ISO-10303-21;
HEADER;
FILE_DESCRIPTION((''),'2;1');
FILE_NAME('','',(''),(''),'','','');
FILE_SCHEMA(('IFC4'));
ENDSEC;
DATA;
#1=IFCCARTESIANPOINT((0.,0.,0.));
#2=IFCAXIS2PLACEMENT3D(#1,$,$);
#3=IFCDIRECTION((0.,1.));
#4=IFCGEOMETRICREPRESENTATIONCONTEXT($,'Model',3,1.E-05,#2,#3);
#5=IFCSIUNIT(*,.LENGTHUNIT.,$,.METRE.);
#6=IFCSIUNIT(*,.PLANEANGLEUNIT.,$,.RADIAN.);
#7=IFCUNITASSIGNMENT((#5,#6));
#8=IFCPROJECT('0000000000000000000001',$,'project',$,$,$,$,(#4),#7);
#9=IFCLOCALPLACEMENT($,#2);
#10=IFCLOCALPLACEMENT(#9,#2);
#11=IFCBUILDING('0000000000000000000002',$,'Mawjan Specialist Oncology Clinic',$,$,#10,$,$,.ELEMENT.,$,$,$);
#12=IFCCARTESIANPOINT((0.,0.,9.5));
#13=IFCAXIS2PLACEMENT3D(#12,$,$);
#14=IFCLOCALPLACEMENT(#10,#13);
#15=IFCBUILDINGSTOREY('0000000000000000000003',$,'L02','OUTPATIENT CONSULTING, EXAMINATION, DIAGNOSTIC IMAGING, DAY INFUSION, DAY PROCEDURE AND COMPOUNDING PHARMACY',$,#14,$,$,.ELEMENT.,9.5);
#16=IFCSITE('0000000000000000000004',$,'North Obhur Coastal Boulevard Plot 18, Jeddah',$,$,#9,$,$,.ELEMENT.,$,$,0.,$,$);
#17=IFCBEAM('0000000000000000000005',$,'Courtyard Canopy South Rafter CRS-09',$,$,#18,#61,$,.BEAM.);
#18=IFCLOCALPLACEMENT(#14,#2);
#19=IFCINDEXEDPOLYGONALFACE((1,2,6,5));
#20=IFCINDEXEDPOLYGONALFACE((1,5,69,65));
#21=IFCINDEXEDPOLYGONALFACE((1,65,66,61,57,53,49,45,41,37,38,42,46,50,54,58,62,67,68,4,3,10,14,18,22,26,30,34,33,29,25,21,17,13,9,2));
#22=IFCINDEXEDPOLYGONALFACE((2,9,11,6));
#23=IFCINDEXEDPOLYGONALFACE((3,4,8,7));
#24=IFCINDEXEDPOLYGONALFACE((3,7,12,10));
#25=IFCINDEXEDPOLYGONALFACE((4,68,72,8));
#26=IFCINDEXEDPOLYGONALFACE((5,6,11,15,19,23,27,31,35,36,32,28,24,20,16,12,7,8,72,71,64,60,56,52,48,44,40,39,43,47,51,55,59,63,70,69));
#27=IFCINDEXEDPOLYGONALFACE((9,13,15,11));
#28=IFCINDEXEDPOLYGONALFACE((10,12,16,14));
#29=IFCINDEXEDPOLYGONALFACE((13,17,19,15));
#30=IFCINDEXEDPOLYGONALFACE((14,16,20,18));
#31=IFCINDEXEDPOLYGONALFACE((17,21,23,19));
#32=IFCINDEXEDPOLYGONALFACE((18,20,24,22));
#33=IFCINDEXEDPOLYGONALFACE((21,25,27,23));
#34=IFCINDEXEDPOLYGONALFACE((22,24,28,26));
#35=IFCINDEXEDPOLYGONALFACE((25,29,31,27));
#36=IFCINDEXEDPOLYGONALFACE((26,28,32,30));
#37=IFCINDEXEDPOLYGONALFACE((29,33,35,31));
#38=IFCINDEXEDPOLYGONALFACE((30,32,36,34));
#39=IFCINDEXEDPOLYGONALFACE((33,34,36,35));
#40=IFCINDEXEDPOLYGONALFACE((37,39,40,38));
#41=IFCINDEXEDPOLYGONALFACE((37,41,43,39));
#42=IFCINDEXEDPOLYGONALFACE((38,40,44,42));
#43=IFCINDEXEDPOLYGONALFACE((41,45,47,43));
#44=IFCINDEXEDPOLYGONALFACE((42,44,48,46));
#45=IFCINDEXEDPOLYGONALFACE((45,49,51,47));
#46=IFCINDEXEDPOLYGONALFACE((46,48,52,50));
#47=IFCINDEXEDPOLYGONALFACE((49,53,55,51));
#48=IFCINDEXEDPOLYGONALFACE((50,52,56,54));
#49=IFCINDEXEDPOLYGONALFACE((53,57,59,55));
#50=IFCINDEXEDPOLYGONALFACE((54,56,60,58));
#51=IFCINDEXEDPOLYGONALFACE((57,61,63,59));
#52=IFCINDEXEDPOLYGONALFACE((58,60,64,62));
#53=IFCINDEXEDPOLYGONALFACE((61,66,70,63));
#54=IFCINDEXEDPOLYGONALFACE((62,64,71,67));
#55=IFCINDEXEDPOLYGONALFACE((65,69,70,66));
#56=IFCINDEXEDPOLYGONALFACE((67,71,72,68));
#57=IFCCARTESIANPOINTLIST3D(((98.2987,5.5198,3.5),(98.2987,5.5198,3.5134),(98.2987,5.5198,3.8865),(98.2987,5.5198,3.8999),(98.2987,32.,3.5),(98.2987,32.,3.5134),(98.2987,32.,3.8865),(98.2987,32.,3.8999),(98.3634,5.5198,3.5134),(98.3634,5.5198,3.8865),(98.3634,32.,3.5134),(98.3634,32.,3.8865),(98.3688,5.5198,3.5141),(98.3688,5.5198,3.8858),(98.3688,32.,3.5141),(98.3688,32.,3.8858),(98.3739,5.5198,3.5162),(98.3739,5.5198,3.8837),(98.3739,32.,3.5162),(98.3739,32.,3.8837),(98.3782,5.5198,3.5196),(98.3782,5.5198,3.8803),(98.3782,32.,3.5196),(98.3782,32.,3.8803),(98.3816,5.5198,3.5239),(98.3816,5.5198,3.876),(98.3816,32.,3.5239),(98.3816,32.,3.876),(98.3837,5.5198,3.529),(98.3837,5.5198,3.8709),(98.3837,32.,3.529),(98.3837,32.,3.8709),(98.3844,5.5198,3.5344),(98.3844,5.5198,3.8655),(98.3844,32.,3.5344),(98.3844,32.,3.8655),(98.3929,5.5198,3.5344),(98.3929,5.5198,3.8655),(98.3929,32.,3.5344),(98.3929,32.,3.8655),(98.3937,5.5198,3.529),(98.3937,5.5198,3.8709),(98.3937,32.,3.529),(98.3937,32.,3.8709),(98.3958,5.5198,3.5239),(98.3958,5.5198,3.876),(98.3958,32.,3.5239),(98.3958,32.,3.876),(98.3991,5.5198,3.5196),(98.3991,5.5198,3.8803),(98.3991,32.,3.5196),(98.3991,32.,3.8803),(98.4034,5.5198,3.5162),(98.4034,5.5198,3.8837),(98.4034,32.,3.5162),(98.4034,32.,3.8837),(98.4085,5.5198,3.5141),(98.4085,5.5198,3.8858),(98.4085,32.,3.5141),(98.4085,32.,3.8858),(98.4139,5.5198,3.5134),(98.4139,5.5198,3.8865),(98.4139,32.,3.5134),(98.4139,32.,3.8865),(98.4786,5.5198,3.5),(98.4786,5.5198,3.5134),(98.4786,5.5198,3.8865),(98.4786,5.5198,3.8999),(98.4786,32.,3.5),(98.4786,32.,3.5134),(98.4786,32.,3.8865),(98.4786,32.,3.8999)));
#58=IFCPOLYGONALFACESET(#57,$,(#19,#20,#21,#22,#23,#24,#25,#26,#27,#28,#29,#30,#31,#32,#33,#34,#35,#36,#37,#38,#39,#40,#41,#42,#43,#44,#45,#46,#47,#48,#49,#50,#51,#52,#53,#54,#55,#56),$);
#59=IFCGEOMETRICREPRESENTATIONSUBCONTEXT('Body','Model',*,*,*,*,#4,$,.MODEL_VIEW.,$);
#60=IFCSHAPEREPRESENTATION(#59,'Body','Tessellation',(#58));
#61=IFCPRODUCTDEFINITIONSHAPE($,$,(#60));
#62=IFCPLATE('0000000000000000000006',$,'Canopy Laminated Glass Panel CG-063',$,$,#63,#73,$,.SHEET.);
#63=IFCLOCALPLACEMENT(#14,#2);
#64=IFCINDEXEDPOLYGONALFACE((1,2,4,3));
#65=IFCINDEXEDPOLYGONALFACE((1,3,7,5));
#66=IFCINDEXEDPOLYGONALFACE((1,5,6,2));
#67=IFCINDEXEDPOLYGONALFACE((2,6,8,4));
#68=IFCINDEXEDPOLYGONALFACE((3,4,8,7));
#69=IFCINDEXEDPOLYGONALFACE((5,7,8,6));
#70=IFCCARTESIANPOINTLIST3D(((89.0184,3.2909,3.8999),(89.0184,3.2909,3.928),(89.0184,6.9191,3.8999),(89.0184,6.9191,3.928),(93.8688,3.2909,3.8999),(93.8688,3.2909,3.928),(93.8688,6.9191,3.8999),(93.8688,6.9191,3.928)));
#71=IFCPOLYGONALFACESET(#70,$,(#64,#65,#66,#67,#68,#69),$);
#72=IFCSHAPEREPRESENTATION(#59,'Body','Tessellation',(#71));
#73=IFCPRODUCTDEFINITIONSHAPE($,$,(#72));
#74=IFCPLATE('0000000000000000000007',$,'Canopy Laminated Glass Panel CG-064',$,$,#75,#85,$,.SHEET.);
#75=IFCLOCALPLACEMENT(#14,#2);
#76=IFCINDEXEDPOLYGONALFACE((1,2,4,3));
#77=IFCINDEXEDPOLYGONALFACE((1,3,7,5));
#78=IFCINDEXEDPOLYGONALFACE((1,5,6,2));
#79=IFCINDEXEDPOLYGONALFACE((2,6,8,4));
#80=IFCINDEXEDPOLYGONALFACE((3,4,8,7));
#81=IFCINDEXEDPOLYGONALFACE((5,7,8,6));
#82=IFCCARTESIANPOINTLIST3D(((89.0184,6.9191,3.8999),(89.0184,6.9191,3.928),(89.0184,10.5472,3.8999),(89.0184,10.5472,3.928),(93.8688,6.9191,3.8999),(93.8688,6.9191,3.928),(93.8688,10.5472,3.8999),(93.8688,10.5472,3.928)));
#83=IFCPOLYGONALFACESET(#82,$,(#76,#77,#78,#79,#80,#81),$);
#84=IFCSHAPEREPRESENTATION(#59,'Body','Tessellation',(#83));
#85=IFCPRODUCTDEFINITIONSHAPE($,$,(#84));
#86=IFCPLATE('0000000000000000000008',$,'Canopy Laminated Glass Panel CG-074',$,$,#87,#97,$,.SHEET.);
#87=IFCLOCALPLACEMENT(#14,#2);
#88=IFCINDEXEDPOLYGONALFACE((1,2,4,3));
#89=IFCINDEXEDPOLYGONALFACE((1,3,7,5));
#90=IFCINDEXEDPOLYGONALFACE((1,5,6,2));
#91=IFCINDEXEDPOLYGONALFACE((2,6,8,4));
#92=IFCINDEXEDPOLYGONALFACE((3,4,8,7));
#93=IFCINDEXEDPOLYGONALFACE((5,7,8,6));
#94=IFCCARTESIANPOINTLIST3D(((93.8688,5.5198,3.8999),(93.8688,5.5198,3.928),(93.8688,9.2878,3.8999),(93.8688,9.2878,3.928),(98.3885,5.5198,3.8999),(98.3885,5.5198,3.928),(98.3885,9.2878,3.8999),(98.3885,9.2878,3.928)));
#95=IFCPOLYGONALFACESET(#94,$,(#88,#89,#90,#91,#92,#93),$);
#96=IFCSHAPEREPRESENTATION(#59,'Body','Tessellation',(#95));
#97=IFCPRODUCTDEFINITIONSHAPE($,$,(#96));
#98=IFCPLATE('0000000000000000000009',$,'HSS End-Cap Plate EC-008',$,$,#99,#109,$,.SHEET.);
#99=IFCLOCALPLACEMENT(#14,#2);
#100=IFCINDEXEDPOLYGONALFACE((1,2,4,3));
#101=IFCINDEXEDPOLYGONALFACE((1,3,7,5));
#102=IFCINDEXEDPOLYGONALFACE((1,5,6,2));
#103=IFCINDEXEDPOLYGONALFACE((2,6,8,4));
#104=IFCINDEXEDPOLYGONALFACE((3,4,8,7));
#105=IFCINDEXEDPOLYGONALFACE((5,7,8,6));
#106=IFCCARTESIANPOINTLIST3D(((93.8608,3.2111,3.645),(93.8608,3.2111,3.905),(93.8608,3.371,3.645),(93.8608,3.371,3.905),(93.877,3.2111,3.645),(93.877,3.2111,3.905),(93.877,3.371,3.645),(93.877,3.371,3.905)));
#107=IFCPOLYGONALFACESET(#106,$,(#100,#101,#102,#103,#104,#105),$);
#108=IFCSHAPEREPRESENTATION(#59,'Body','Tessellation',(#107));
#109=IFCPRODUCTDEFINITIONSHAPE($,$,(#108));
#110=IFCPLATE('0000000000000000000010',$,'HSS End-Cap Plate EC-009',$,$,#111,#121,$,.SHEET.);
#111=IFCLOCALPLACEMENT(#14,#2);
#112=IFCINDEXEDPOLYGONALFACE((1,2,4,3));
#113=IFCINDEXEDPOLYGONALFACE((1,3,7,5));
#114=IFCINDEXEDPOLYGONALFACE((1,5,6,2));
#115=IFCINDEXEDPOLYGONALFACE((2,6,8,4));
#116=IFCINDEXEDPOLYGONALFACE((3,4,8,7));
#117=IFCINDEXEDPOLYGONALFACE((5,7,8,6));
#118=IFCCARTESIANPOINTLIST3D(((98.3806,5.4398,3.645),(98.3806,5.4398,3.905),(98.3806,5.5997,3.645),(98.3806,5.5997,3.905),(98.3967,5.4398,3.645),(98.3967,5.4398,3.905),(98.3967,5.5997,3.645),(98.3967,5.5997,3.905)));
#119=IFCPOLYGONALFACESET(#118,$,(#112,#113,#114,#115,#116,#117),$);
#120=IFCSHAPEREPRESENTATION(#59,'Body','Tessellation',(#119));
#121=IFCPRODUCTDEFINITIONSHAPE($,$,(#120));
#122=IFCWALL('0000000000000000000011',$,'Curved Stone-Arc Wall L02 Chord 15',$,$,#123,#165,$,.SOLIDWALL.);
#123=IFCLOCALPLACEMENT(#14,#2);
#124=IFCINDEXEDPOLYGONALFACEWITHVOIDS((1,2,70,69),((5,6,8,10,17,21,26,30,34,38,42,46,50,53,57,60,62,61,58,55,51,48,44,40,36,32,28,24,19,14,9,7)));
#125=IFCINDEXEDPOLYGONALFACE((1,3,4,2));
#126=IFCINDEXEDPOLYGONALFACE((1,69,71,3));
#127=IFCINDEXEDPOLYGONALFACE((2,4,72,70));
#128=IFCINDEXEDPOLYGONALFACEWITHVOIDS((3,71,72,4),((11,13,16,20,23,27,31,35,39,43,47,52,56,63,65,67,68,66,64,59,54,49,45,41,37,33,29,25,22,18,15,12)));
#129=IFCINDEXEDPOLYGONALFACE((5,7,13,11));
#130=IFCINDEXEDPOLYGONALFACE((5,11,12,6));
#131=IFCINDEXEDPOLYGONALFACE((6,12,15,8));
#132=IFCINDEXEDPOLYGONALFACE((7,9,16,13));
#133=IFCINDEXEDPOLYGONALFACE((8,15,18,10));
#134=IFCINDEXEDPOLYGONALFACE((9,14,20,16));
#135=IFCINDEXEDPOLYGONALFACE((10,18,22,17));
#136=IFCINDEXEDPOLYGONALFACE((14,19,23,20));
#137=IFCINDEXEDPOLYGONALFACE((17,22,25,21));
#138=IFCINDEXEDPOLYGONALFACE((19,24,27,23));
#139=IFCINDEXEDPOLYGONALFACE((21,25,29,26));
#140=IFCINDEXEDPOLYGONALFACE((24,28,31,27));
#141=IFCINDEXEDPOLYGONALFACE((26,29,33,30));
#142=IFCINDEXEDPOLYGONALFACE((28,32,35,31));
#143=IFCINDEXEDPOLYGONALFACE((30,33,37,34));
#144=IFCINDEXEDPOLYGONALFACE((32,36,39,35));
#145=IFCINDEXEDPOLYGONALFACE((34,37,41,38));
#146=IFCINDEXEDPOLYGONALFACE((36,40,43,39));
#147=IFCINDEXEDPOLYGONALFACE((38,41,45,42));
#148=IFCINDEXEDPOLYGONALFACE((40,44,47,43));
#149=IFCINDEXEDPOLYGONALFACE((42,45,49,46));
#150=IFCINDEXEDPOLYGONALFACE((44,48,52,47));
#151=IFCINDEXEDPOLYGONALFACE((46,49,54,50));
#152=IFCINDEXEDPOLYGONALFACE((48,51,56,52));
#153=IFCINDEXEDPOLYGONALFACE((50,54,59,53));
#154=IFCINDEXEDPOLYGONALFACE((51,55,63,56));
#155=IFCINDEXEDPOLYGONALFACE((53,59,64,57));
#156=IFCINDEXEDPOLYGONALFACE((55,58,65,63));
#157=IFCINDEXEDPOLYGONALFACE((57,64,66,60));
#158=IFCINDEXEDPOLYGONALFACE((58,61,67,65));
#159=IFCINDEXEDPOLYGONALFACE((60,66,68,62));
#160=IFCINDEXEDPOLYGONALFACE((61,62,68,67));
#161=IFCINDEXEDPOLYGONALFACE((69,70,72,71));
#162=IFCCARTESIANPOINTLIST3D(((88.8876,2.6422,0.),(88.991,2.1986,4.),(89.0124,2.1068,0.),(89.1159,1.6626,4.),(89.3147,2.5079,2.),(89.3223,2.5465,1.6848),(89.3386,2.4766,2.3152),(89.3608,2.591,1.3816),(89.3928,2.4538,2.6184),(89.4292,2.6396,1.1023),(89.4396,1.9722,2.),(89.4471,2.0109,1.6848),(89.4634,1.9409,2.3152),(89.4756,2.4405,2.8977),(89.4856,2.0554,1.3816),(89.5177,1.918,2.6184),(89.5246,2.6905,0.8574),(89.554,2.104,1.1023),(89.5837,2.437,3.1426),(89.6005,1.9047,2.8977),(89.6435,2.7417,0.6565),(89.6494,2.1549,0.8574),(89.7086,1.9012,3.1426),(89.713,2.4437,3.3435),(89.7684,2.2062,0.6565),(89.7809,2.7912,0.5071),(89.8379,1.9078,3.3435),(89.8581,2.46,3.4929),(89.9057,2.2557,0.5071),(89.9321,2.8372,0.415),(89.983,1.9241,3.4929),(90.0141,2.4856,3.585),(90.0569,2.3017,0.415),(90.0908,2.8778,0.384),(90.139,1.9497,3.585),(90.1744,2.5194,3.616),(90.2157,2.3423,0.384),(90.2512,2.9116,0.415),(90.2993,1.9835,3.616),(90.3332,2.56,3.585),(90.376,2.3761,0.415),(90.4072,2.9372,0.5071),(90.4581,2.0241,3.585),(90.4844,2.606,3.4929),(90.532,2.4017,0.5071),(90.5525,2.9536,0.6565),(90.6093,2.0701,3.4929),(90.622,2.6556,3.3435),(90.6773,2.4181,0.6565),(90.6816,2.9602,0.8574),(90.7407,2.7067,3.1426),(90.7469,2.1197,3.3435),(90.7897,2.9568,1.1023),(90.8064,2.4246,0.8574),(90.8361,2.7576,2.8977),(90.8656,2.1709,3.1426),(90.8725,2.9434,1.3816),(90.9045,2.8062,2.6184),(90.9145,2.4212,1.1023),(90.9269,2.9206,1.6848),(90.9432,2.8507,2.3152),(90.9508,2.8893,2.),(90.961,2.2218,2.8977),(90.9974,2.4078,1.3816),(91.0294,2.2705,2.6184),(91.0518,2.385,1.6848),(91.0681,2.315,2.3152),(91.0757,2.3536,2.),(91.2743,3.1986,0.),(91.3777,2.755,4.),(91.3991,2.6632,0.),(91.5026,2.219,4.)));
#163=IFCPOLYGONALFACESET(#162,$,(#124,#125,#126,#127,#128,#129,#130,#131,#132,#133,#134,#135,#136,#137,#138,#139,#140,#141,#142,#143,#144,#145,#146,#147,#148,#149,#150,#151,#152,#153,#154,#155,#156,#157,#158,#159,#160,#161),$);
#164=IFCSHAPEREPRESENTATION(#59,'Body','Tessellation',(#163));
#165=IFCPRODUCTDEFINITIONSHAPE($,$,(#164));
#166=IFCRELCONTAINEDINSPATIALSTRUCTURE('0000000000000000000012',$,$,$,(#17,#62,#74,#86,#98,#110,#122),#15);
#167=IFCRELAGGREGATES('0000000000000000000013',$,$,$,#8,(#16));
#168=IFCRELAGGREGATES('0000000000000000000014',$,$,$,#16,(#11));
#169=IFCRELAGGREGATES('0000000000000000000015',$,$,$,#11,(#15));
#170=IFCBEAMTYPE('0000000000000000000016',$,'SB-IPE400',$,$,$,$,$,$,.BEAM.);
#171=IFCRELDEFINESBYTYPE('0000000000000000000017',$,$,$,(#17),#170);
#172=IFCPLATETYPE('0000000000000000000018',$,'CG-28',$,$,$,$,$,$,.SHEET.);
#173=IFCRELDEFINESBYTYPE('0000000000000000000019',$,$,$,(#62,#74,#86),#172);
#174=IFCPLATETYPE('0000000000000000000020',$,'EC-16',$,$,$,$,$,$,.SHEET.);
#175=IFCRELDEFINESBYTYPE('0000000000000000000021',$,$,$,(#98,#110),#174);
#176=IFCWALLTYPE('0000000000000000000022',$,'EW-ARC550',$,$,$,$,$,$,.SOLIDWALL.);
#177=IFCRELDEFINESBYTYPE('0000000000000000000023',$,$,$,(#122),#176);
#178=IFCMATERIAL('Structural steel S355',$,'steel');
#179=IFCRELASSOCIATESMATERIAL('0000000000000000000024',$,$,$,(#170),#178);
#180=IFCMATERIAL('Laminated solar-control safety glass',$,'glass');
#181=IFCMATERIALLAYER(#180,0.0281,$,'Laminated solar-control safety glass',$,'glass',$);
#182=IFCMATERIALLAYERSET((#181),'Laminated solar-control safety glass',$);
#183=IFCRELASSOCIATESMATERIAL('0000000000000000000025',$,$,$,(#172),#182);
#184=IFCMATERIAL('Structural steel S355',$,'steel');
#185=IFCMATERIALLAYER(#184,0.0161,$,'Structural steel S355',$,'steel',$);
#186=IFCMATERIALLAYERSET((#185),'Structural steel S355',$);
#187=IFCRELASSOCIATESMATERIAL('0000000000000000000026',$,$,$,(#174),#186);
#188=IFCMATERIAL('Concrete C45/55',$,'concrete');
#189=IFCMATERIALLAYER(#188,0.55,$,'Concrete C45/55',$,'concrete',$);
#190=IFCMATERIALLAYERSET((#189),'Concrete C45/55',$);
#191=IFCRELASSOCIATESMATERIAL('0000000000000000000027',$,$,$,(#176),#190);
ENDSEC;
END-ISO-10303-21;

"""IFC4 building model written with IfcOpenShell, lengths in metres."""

from ifc_helpers import new_model, si_unit, direction, frame, origin, origin_2d, place, context, subcontext, project, spatial, polyline, rectangle, i_section, outline, extrude, material, layer, layer_set, material_profile, profile_set, type_object, element, save


model = new_model("IFC4")

# Units and contexts
model_context = context("Model", 3, precision=1e-05, world=origin(), true_north=direction((0.0, 1.0)))
body_context = subcontext(model_context, "Body", "Model", "MODEL_VIEW")
ifc_project = project(units=[si_unit("LENGTHUNIT", "METRE"), si_unit("PLANEANGLEUNIT", "RADIAN")], contexts=[model_context])

# Site, building, storey
site_placement = place(None, origin())
site = spatial("IfcSite", under=ifc_project, at=site_placement, Name="North Obhur Coastal Boulevard Plot 18, Jeddah", CompositionType="ELEMENT", RefElevation=0.0)
building_placement = place(site_placement, origin())
building = spatial("IfcBuilding", under=site, at=building_placement, Name="Mawjan Specialist Oncology Clinic", CompositionType="ELEMENT")
storey_placement = place(building_placement, frame((0.0, 0.0, 9.5)))
storey = spatial("IfcBuildingStorey", under=building, at=storey_placement, Name="L02", Description="OUTPATIENT CONSULTING, EXAMINATION, DIAGNOSTIC IMAGING, DAY INFUSION, DAY PROCEDURE AND COMPOUNDING PHARMACY", CompositionType="ELEMENT", Elevation=9.5)

# Beam
ifc_material_1 = material(Name="Structural steel S355", Category="steel")
ifc_material_profile_1 = material_profile(ifc_material_1, i_section(OverallWidth=0.1799, OverallDepth=0.3999, WebThickness=0.0085, FlangeThickness=0.0134, FilletRadius=0.021, at=origin_2d()), Name="IPE 400", Category="steel")
ifc_profile_set_1 = profile_set([ifc_material_profile_1], Name="Structural steel S355")
beam_type = type_object("IfcBeamType", Name="SB-IPE400", PredefinedType="BEAM", material=ifc_profile_set_1)
beam_1_placement = place(storey_placement, frame((98.3887, 5.5198, 3.7), z_axis=(0.0, 1.0, 0.0), x_axis=(-1.0, 0.0, 0.0)))
element("IfcBeam", 1, at=beam_1_placement, inside=storey, type_object=beam_type, Name="Courtyard Canopy South Rafter CRS-09", PredefinedType="BEAM", context=body_context, shape_type="SweptSolid", body=[
    extrude(i_section(OverallWidth=0.1799, OverallDepth=0.3999, WebThickness=0.0085, FlangeThickness=0.0134, FilletRadius=0.021, at=origin_2d()), origin(), (0.0, 0.0, 1.0), 26.4802),
])

# Plates
ifc_material_2 = material(Name="Laminated solar-control safety glass", Category="glass")
ifc_layer_1 = layer(ifc_material_2, 0.0281, Name="Laminated solar-control safety glass", Category="glass")
ifc_layer_set_1 = layer_set([ifc_layer_1], Name="Laminated solar-control safety glass")
plate_type_1 = type_object("IfcPlateType", Name="CG-28", PredefinedType="SHEET", material=ifc_layer_set_1)
for number, where, z_axis, x_axis, name in (
    (2, (91.4436, 5.105, 3.8999), (0.0, 0.0, 1.0), (1.0, 0.0, 0.0), "Canopy Laminated Glass Panel CG-063"),
    (3, (91.4436, 8.7332, 3.8999), (0.0, 0.0, 1.0), (1.0, 0.0, 0.0), "Canopy Laminated Glass Panel CG-064"),
):
    element("IfcPlate", number, at=place(storey_placement, frame(where, z_axis=z_axis, x_axis=x_axis)), inside=storey, type_object=plate_type_1, Name=name, PredefinedType="SHEET", context=body_context, shape_type="SweptSolid", body=[
        extrude(rectangle(XDim=4.8503, YDim=3.6282, at=origin_2d()), origin(), (0.0, 0.0, 1.0), 0.0281),
    ])
plate_placement = place(storey_placement, frame((96.1287, 7.4038, 3.8999), z_axis=(0.0, 0.0, 1.0), x_axis=(1.0, 0.0, 0.0)))
element("IfcPlate", 4, at=plate_placement, inside=storey, type_object=plate_type_1, Name="Canopy Laminated Glass Panel CG-074", PredefinedType="SHEET", context=body_context, shape_type="SweptSolid", body=[
    extrude(rectangle(XDim=4.5198, YDim=3.7681, at=origin_2d()), origin(), (0.0, 0.0, 1.0), 0.0281),
])
ifc_material_3 = material(Name="Structural steel S355", Category="steel")
ifc_layer_2 = layer(ifc_material_3, 0.0161, Name="Structural steel S355", Category="steel")
ifc_layer_set_2 = layer_set([ifc_layer_2], Name="Structural steel S355")
plate_type_2 = type_object("IfcPlateType", Name="EC-16", PredefinedType="SHEET", material=ifc_layer_set_2)
for number, where, z_axis, x_axis, name in (
    (5, (93.8689, 3.291, 3.645), (0.0, 0.0, 1.0), (1.0, 0.0, 0.0), "HSS End-Cap Plate EC-008"),
    (6, (98.3887, 5.5198, 3.645), (0.0, 0.0, 1.0), (1.0, 0.0, 0.0), "HSS End-Cap Plate EC-009"),
):
    element("IfcPlate", number, at=place(storey_placement, frame(where, z_axis=z_axis, x_axis=x_axis)), inside=storey, type_object=plate_type_2, Name=name, PredefinedType="SHEET", context=body_context, shape_type="SweptSolid", body=[
        extrude(rectangle(XDim=0.0161, YDim=0.1599, at=origin_2d()), origin(), (0.0, 0.0, 1.0), 0.26),
    ])

# Wall, opening
ifc_material_4 = material(Name="Concrete C45/55", Category="concrete")
ifc_layer_3 = layer(ifc_material_4, 0.55, Name="Concrete C45/55", Category="concrete")
ifc_layer_set_3 = layer_set([ifc_layer_3], Name="Concrete C45/55")
wall_type = type_object("IfcWallType", Name="EW-ARC550", PredefinedType="SOLIDWALL", material=ifc_layer_set_3)
wall_1_placement = place(storey_placement, frame((91.3367, 2.9309, 0.0), z_axis=(0.0, 0.0, 1.0), x_axis=(-0.973887, -0.227034, 0.0)))
wall_1 = element("IfcWall", 7, at=wall_1_placement, inside=storey, type_object=wall_type, Name="Curved Stone-Arc Wall L02 Chord 15", PredefinedType="SOLIDWALL", context=body_context, shape_type="SweptSolid", body=[
    extrude(outline(polyline([(-0.2749, 0.0), (0.2749, 0.0), (0.731, 4.0), (0.1807, 4.0), (-0.2749, 0.0)])), frame((0.0, 0.0, 0.0), z_axis=(1.0, 0.0, 0.0), x_axis=(0.0, 1.0, 0.0)), (0.0, 0.0, 1.0), 2.4507),
])
opening_1_placement = place(wall_1_placement, origin())
element("IfcOpeningElement", 8, at=opening_1_placement, cuts=wall_1, PredefinedType="OPENING", context=body_context, shape_type="SweptSolid", body=[
    extrude(outline(polyline([(2.0652, 2.0), (2.0491, 2.3152), (2.0015, 2.6184), (1.9238, 2.8977), (1.8193, 3.1426), (1.6919, 3.3435), (1.5469, 3.4929), (1.3892, 3.585), (1.2253, 3.616), (1.0615, 3.585), (0.9038, 3.4929), (0.7585, 3.3435), (0.6313, 3.1426), (0.5269, 2.8977), (0.4492, 2.6184), (0.4014, 2.3152), (0.3853, 2.0), (0.4014, 1.6848), (0.4492, 1.3816), (0.5269, 1.1023), (0.6313, 0.8574), (0.7585, 0.6565), (0.9038, 0.5071), (1.0615, 0.415), (1.2253, 0.384), (1.3892, 0.415), (1.5469, 0.5071), (1.6919, 0.6565), (1.8193, 0.8574), (1.9238, 1.1023), (2.0015, 1.3816), (2.0491, 1.6848), (2.0652, 2.0)])), frame((0.0, 0.7507, 0.0), z_axis=(0.0, -1.0, 0.0), x_axis=(1.0, 0.0, 0.0)), (0.0, 0.0, 1.0), 1.0459),
])

save(model, "model.ifc")
